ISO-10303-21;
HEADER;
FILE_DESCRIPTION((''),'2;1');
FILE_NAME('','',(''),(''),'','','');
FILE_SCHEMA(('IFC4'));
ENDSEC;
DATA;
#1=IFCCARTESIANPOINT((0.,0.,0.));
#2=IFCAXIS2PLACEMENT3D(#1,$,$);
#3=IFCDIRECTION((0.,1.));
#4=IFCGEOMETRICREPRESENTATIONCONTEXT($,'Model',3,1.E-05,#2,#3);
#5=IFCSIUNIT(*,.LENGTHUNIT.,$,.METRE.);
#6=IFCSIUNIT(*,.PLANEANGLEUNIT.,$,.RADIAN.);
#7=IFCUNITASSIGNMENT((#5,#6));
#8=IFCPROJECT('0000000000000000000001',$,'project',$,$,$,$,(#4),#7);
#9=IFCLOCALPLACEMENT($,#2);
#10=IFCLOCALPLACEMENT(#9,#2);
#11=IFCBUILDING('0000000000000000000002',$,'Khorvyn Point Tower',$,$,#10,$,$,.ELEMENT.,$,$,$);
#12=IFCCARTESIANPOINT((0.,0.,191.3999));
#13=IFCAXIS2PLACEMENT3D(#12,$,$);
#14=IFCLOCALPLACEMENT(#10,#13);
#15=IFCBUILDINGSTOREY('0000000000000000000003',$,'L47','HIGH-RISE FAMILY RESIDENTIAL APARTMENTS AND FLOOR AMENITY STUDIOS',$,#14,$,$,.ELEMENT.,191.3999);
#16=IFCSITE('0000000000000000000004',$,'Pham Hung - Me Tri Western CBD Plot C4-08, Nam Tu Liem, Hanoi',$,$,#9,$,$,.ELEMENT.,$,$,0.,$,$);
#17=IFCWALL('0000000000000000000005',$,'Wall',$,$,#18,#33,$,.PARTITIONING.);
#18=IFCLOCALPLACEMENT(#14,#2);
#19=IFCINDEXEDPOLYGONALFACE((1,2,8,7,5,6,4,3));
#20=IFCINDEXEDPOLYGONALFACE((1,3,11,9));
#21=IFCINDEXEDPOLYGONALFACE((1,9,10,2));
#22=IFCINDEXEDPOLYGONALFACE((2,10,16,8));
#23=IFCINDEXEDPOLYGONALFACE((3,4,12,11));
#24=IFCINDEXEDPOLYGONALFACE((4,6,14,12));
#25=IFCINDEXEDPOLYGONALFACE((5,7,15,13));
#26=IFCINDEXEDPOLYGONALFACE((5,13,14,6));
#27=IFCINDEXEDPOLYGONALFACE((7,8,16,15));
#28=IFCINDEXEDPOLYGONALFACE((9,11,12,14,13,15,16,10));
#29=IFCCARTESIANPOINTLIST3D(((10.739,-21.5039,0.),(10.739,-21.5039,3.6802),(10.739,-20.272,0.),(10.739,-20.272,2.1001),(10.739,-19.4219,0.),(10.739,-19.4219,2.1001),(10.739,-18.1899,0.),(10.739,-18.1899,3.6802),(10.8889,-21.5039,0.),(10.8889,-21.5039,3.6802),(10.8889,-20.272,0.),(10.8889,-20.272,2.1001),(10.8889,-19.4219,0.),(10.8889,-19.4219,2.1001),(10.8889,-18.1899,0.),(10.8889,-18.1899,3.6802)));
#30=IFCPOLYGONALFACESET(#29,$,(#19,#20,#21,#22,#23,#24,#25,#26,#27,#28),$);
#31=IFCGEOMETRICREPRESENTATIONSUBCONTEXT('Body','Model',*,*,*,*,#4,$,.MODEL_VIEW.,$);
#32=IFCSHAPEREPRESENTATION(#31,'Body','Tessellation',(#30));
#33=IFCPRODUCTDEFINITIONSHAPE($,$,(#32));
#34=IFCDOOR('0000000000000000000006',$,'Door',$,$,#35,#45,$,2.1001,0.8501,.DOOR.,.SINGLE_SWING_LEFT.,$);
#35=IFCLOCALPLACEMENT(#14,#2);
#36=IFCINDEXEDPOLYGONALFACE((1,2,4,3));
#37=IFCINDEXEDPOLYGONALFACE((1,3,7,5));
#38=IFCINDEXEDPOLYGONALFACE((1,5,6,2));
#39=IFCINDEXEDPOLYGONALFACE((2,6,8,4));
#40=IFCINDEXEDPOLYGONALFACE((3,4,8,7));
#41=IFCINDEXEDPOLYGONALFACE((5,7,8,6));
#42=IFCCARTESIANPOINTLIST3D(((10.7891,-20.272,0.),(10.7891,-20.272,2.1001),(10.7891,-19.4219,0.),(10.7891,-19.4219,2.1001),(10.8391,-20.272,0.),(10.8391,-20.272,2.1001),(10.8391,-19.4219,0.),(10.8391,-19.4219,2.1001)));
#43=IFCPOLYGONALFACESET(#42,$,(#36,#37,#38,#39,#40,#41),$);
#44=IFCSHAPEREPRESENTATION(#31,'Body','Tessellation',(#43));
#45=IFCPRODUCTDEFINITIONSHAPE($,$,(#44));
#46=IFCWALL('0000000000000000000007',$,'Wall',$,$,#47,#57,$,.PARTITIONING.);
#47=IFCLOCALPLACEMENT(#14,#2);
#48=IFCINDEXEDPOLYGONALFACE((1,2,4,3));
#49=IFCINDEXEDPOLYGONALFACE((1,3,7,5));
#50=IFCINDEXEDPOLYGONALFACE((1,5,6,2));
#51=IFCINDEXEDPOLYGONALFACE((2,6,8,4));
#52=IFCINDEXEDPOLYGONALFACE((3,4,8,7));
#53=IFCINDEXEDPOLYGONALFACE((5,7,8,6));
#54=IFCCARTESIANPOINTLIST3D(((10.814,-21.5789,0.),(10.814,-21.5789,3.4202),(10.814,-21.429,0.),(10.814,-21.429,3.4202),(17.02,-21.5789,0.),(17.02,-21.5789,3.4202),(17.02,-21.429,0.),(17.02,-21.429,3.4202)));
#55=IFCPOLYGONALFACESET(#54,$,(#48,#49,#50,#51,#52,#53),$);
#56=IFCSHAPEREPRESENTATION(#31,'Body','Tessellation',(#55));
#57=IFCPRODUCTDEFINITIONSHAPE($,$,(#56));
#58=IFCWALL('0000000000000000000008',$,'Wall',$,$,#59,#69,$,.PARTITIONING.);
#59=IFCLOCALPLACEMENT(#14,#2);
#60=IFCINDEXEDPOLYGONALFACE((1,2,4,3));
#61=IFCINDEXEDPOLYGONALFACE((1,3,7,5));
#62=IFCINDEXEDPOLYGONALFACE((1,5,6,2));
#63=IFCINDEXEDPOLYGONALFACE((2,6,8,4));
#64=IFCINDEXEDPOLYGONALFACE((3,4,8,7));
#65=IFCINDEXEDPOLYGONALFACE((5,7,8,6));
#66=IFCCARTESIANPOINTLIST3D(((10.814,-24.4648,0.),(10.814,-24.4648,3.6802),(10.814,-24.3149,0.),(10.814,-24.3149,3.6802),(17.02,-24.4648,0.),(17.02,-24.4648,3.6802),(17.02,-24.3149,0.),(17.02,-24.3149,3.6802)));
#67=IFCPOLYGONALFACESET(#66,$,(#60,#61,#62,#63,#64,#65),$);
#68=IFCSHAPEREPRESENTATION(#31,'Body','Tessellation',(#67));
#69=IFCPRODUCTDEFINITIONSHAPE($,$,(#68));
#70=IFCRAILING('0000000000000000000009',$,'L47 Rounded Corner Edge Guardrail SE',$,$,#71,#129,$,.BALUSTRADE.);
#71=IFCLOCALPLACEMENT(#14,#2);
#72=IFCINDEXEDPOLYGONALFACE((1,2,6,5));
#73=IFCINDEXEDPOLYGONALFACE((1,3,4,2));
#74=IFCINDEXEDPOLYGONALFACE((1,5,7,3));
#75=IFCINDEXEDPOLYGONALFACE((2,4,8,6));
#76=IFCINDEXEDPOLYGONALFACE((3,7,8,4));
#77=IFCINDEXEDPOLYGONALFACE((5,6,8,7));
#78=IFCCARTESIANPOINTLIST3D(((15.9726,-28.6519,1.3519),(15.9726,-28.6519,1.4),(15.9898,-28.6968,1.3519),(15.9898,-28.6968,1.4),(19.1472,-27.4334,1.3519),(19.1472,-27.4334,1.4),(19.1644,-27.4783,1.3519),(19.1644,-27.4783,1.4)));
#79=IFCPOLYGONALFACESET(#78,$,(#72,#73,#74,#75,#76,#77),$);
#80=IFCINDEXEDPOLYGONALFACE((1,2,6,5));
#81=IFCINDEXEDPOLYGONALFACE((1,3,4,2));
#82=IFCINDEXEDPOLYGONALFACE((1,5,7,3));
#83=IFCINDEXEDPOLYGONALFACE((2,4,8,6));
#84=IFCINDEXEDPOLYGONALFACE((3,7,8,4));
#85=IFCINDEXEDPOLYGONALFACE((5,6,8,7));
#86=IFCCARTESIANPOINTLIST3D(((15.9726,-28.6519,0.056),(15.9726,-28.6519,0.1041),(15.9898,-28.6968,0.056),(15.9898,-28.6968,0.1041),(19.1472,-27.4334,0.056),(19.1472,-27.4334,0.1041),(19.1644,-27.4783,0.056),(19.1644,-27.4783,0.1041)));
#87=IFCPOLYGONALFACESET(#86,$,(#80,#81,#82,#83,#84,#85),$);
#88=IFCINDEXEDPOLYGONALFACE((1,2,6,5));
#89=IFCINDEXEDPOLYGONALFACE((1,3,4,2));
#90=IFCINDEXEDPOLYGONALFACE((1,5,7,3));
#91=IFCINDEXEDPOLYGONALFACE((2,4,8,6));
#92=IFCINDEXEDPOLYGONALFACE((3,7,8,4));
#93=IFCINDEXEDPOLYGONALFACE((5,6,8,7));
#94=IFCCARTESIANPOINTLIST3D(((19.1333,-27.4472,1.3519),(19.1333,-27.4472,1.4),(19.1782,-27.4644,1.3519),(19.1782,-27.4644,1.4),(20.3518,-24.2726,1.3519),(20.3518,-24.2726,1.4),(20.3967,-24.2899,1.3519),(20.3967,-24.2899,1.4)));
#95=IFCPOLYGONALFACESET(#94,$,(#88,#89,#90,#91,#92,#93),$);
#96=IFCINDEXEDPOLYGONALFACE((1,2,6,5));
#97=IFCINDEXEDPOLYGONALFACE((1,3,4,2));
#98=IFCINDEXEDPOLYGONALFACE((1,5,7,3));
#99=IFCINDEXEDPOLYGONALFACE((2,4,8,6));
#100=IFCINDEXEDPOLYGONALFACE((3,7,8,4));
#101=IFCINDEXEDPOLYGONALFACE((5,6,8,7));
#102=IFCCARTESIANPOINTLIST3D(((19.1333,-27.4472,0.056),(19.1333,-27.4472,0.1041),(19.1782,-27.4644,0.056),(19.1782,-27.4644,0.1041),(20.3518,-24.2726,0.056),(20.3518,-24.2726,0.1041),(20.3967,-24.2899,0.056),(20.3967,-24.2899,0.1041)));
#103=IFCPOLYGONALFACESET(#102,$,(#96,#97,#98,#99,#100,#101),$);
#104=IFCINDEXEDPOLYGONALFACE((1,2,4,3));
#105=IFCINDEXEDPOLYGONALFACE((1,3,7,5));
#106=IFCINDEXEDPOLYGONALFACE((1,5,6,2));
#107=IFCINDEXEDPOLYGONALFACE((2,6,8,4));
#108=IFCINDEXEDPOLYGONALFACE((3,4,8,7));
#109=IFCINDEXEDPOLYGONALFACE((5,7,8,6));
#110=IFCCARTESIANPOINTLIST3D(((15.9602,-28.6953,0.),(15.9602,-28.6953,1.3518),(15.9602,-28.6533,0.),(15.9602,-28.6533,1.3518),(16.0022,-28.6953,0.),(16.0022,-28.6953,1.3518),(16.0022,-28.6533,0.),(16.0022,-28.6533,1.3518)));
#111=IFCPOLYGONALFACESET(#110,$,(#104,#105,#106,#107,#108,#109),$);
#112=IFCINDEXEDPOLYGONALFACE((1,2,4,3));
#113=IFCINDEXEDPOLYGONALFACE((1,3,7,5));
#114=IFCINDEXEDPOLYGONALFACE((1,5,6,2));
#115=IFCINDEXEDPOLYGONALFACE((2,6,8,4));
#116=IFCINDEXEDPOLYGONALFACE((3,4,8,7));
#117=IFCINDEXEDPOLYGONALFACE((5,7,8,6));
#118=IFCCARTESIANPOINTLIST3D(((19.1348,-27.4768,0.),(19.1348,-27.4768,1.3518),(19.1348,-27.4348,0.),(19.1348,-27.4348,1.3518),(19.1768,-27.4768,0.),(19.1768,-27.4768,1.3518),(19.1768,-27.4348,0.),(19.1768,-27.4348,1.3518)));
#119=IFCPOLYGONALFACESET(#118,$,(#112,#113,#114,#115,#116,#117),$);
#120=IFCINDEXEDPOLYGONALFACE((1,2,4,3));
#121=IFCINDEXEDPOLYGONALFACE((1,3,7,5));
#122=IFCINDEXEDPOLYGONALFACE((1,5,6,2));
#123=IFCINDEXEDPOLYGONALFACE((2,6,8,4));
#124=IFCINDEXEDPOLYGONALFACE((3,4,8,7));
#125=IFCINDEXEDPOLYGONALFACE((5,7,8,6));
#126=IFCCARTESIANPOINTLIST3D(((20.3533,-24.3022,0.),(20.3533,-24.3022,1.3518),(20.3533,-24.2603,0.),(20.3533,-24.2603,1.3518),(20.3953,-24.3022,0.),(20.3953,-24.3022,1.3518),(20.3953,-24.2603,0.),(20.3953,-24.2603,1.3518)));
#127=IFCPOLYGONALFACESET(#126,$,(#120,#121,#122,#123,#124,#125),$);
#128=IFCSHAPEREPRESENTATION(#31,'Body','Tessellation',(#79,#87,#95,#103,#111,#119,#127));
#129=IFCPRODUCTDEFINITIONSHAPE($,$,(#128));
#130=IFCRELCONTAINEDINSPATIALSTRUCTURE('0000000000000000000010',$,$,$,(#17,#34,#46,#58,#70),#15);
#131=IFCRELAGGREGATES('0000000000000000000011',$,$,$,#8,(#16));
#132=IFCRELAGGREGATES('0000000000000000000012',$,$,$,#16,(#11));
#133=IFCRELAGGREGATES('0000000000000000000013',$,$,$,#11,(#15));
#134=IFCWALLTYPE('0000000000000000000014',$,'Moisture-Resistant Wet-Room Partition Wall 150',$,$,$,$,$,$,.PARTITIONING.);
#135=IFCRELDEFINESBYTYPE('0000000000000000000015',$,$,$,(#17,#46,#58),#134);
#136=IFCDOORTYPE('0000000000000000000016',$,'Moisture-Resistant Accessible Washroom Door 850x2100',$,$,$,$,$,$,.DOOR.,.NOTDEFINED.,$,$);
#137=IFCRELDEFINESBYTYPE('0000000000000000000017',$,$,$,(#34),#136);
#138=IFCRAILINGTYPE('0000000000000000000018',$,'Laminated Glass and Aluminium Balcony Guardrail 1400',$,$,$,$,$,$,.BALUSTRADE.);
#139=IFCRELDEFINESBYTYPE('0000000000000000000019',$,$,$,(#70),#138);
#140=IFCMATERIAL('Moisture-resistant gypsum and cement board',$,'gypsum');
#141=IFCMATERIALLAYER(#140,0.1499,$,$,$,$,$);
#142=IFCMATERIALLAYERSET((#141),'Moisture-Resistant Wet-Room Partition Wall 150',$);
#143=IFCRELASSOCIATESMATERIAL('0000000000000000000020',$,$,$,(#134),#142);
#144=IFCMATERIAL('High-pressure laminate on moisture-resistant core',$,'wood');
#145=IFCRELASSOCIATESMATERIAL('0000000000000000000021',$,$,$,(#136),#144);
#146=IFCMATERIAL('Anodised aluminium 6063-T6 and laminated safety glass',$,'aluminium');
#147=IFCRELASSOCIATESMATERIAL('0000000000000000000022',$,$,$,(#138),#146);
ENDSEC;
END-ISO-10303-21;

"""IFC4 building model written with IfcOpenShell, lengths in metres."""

from ifc_helpers import new_model, si_unit, direction, frame, frame_2d, origin, origin_2d, place, context, subcontext, project, spatial, rectangle, extrude, material, layer, layer_set, type_object, element, fill, save


model = new_model("IFC4")

# Units and contexts
model_context = context("Model", 3, precision=1e-05, world=origin(), true_north=direction((0.0, 1.0)))
body_context = subcontext(model_context, "Body", "Model", "MODEL_VIEW")
ifc_project = project(units=[si_unit("LENGTHUNIT", "METRE"), si_unit("PLANEANGLEUNIT", "RADIAN")], contexts=[model_context])

# Site, building, storey
site_placement = place(None, origin())
site = spatial("IfcSite", under=ifc_project, at=site_placement, Name="Pham Hung - Me Tri Western CBD Plot C4-08, Nam Tu Liem, Hanoi", CompositionType="ELEMENT", RefElevation=0.0)
building_placement = place(site_placement, origin())
building = spatial("IfcBuilding", under=site, at=building_placement, Name="Khorvyn Point Tower", CompositionType="ELEMENT")
storey_placement = place(building_placement, frame((0.0, 0.0, 191.3999)))
storey = spatial("IfcBuildingStorey", under=building, at=storey_placement, Name="L47", Description="HIGH-RISE FAMILY RESIDENTIAL APARTMENTS AND FLOOR AMENITY STUDIOS", CompositionType="ELEMENT", Elevation=191.3999)

# Wall, opening, door
ifc_material_1 = material(Name="Moisture-resistant gypsum and cement board", Category="gypsum")
ifc_layer_1 = layer(ifc_material_1, 0.1499)
ifc_layer_set_1 = layer_set([ifc_layer_1], Name="Moisture-Resistant Wet-Room Partition Wall 150")
wall_type_1 = type_object("IfcWallType", Name="Moisture-Resistant Wet-Room Partition Wall 150", PredefinedType="PARTITIONING", material=ifc_layer_set_1)
ifc_material_2 = material(Name="High-pressure laminate on moisture-resistant core", Category="wood")
door_type_1 = type_object("IfcDoorType", Name="Moisture-Resistant Accessible Washroom Door 850x2100", OperationType="NOTDEFINED", PredefinedType="DOOR", material=ifc_material_2)
wall_1_placement = place(storey_placement, frame((10.814, -21.5039, 0.0), z_axis=(0.0, 0.0, 1.0), x_axis=(0.0, 1.0, 0.0)))
wall_1 = element("IfcWall", 1, at=wall_1_placement, inside=storey, type_object=wall_type_1, Name="Wall", PredefinedType="PARTITIONING", context=body_context, shape_type="SweptSolid", body=[
    extrude(rectangle(XDim=3.314, YDim=0.1499, at=frame_2d((1.657, 0.0))), origin(), (0.0, 0.0, 1.0), 3.6802),
])
opening_1_placement = place(wall_1_placement, frame((1.2319, 0.0, 0.0)))
opening_1 = element("IfcOpeningElement", 2, at=opening_1_placement, cuts=wall_1, PredefinedType="OPENING", context=body_context, shape_type="SweptSolid", body=[
    extrude(rectangle(XDim=0.8501, YDim=2.1001, at=frame_2d((0.425, 1.05))), frame((0.0, 0.085, 0.0), z_axis=(0.0, -1.0, 0.0), x_axis=(1.0, 0.0, 0.0)), (0.0, 0.0, 1.0), 0.1699),
])
door_1_placement = place(opening_1_placement, origin())
door_1 = element("IfcDoor", 3, at=door_1_placement, inside=storey, type_object=door_type_1, Name="Door", OperationType="SINGLE_SWING_LEFT", OverallHeight=2.1001, OverallWidth=0.8501, PredefinedType="DOOR", context=body_context, shape_type="SweptSolid", body=[
    extrude(rectangle(XDim=0.8501, YDim=2.1001, at=frame_2d((0.425, 1.05))), frame((0.0, 0.0249, 0.0), z_axis=(0.0, -1.0, 0.0), x_axis=(1.0, 0.0, 0.0)), (0.0, 0.0, 1.0), 0.05),
])
fill(opening_1, door_1)

# Walls
wall_2_placement = place(storey_placement, frame((10.814, -21.5039, 0.0), z_axis=(0.0, 0.0, 1.0), x_axis=(1.0, 0.0, 0.0)))
element("IfcWall", 4, at=wall_2_placement, inside=storey, type_object=wall_type_1, Name="Wall", PredefinedType="PARTITIONING", context=body_context, shape_type="SweptSolid", body=[
    extrude(rectangle(XDim=6.2061, YDim=0.1499, at=frame_2d((3.103, 0.0))), origin(), (0.0, 0.0, 1.0), 3.4202),
])
wall_3_placement = place(storey_placement, frame((10.814, -24.3899, 0.0), z_axis=(0.0, 0.0, 1.0), x_axis=(1.0, 0.0, 0.0)))
element("IfcWall", 5, at=wall_3_placement, inside=storey, type_object=wall_type_1, Name="Wall", PredefinedType="PARTITIONING", context=body_context, shape_type="SweptSolid", body=[
    extrude(rectangle(XDim=6.2061, YDim=0.1499, at=frame_2d((3.103, 0.0))), origin(), (0.0, 0.0, 1.0), 3.6802),
])

# Railing
ifc_material_3 = material(Name="Anodised aluminium 6063-T6 and laminated safety glass", Category="aluminium")
railing_type = type_object("IfcRailingType", Name="Laminated Glass and Aluminium Balcony Guardrail 1400", PredefinedType="BALUSTRADE", material=ifc_material_3)
railing_1_placement = place(storey_placement, frame((15.9812, -28.6743, 0.0)))
element("IfcRailing", 6, at=railing_1_placement, inside=storey, type_object=railing_type, Name="L47 Rounded Corner Edge Guardrail SE", PredefinedType="BALUSTRADE", context=body_context, shape_type="SweptSolid", body=[
    extrude(rectangle(XDim=0.0481, YDim=0.0481, at=origin_2d()), frame((0.0, 0.0, 1.376), z_axis=(0.93359, 0.358344, 0.0), x_axis=(-0.358344, 0.93359, 0.0)), (0.0, 0.0, 1.0), 3.4004),
    extrude(rectangle(XDim=0.0481, YDim=0.0481, at=origin_2d()), frame((0.0, 0.0, 0.0801), z_axis=(0.93359, 0.358344, 0.0), x_axis=(-0.358344, 0.93359, 0.0)), (0.0, 0.0, 1.0), 3.4004),
    extrude(rectangle(XDim=0.0481, YDim=0.0481, at=origin_2d()), frame((3.1746, 1.2185, 1.376), z_axis=(0.358344, 0.93359, 0.0), x_axis=(-0.93359, 0.358344, 0.0)), (0.0, 0.0, 1.0), 3.4004),
    extrude(rectangle(XDim=0.0481, YDim=0.0481, at=origin_2d()), frame((3.1746, 1.2185, 0.0801), z_axis=(0.358344, 0.93359, 0.0), x_axis=(-0.93359, 0.358344, 0.0)), (0.0, 0.0, 1.0), 3.4004),
    extrude(rectangle(XDim=0.042, YDim=0.042, at=origin_2d()), origin(), (0.0, 0.0, 1.0), 1.3518),
    extrude(rectangle(XDim=0.042, YDim=0.042, at=origin_2d()), frame((3.1746, 1.2185, 0.0)), (0.0, 0.0, 1.0), 1.3518),
    extrude(rectangle(XDim=0.042, YDim=0.042, at=origin_2d()), frame((4.3931, 4.3931, 0.0)), (0.0, 0.0, 1.0), 1.3518),
])

save(model, "model.ifc")
